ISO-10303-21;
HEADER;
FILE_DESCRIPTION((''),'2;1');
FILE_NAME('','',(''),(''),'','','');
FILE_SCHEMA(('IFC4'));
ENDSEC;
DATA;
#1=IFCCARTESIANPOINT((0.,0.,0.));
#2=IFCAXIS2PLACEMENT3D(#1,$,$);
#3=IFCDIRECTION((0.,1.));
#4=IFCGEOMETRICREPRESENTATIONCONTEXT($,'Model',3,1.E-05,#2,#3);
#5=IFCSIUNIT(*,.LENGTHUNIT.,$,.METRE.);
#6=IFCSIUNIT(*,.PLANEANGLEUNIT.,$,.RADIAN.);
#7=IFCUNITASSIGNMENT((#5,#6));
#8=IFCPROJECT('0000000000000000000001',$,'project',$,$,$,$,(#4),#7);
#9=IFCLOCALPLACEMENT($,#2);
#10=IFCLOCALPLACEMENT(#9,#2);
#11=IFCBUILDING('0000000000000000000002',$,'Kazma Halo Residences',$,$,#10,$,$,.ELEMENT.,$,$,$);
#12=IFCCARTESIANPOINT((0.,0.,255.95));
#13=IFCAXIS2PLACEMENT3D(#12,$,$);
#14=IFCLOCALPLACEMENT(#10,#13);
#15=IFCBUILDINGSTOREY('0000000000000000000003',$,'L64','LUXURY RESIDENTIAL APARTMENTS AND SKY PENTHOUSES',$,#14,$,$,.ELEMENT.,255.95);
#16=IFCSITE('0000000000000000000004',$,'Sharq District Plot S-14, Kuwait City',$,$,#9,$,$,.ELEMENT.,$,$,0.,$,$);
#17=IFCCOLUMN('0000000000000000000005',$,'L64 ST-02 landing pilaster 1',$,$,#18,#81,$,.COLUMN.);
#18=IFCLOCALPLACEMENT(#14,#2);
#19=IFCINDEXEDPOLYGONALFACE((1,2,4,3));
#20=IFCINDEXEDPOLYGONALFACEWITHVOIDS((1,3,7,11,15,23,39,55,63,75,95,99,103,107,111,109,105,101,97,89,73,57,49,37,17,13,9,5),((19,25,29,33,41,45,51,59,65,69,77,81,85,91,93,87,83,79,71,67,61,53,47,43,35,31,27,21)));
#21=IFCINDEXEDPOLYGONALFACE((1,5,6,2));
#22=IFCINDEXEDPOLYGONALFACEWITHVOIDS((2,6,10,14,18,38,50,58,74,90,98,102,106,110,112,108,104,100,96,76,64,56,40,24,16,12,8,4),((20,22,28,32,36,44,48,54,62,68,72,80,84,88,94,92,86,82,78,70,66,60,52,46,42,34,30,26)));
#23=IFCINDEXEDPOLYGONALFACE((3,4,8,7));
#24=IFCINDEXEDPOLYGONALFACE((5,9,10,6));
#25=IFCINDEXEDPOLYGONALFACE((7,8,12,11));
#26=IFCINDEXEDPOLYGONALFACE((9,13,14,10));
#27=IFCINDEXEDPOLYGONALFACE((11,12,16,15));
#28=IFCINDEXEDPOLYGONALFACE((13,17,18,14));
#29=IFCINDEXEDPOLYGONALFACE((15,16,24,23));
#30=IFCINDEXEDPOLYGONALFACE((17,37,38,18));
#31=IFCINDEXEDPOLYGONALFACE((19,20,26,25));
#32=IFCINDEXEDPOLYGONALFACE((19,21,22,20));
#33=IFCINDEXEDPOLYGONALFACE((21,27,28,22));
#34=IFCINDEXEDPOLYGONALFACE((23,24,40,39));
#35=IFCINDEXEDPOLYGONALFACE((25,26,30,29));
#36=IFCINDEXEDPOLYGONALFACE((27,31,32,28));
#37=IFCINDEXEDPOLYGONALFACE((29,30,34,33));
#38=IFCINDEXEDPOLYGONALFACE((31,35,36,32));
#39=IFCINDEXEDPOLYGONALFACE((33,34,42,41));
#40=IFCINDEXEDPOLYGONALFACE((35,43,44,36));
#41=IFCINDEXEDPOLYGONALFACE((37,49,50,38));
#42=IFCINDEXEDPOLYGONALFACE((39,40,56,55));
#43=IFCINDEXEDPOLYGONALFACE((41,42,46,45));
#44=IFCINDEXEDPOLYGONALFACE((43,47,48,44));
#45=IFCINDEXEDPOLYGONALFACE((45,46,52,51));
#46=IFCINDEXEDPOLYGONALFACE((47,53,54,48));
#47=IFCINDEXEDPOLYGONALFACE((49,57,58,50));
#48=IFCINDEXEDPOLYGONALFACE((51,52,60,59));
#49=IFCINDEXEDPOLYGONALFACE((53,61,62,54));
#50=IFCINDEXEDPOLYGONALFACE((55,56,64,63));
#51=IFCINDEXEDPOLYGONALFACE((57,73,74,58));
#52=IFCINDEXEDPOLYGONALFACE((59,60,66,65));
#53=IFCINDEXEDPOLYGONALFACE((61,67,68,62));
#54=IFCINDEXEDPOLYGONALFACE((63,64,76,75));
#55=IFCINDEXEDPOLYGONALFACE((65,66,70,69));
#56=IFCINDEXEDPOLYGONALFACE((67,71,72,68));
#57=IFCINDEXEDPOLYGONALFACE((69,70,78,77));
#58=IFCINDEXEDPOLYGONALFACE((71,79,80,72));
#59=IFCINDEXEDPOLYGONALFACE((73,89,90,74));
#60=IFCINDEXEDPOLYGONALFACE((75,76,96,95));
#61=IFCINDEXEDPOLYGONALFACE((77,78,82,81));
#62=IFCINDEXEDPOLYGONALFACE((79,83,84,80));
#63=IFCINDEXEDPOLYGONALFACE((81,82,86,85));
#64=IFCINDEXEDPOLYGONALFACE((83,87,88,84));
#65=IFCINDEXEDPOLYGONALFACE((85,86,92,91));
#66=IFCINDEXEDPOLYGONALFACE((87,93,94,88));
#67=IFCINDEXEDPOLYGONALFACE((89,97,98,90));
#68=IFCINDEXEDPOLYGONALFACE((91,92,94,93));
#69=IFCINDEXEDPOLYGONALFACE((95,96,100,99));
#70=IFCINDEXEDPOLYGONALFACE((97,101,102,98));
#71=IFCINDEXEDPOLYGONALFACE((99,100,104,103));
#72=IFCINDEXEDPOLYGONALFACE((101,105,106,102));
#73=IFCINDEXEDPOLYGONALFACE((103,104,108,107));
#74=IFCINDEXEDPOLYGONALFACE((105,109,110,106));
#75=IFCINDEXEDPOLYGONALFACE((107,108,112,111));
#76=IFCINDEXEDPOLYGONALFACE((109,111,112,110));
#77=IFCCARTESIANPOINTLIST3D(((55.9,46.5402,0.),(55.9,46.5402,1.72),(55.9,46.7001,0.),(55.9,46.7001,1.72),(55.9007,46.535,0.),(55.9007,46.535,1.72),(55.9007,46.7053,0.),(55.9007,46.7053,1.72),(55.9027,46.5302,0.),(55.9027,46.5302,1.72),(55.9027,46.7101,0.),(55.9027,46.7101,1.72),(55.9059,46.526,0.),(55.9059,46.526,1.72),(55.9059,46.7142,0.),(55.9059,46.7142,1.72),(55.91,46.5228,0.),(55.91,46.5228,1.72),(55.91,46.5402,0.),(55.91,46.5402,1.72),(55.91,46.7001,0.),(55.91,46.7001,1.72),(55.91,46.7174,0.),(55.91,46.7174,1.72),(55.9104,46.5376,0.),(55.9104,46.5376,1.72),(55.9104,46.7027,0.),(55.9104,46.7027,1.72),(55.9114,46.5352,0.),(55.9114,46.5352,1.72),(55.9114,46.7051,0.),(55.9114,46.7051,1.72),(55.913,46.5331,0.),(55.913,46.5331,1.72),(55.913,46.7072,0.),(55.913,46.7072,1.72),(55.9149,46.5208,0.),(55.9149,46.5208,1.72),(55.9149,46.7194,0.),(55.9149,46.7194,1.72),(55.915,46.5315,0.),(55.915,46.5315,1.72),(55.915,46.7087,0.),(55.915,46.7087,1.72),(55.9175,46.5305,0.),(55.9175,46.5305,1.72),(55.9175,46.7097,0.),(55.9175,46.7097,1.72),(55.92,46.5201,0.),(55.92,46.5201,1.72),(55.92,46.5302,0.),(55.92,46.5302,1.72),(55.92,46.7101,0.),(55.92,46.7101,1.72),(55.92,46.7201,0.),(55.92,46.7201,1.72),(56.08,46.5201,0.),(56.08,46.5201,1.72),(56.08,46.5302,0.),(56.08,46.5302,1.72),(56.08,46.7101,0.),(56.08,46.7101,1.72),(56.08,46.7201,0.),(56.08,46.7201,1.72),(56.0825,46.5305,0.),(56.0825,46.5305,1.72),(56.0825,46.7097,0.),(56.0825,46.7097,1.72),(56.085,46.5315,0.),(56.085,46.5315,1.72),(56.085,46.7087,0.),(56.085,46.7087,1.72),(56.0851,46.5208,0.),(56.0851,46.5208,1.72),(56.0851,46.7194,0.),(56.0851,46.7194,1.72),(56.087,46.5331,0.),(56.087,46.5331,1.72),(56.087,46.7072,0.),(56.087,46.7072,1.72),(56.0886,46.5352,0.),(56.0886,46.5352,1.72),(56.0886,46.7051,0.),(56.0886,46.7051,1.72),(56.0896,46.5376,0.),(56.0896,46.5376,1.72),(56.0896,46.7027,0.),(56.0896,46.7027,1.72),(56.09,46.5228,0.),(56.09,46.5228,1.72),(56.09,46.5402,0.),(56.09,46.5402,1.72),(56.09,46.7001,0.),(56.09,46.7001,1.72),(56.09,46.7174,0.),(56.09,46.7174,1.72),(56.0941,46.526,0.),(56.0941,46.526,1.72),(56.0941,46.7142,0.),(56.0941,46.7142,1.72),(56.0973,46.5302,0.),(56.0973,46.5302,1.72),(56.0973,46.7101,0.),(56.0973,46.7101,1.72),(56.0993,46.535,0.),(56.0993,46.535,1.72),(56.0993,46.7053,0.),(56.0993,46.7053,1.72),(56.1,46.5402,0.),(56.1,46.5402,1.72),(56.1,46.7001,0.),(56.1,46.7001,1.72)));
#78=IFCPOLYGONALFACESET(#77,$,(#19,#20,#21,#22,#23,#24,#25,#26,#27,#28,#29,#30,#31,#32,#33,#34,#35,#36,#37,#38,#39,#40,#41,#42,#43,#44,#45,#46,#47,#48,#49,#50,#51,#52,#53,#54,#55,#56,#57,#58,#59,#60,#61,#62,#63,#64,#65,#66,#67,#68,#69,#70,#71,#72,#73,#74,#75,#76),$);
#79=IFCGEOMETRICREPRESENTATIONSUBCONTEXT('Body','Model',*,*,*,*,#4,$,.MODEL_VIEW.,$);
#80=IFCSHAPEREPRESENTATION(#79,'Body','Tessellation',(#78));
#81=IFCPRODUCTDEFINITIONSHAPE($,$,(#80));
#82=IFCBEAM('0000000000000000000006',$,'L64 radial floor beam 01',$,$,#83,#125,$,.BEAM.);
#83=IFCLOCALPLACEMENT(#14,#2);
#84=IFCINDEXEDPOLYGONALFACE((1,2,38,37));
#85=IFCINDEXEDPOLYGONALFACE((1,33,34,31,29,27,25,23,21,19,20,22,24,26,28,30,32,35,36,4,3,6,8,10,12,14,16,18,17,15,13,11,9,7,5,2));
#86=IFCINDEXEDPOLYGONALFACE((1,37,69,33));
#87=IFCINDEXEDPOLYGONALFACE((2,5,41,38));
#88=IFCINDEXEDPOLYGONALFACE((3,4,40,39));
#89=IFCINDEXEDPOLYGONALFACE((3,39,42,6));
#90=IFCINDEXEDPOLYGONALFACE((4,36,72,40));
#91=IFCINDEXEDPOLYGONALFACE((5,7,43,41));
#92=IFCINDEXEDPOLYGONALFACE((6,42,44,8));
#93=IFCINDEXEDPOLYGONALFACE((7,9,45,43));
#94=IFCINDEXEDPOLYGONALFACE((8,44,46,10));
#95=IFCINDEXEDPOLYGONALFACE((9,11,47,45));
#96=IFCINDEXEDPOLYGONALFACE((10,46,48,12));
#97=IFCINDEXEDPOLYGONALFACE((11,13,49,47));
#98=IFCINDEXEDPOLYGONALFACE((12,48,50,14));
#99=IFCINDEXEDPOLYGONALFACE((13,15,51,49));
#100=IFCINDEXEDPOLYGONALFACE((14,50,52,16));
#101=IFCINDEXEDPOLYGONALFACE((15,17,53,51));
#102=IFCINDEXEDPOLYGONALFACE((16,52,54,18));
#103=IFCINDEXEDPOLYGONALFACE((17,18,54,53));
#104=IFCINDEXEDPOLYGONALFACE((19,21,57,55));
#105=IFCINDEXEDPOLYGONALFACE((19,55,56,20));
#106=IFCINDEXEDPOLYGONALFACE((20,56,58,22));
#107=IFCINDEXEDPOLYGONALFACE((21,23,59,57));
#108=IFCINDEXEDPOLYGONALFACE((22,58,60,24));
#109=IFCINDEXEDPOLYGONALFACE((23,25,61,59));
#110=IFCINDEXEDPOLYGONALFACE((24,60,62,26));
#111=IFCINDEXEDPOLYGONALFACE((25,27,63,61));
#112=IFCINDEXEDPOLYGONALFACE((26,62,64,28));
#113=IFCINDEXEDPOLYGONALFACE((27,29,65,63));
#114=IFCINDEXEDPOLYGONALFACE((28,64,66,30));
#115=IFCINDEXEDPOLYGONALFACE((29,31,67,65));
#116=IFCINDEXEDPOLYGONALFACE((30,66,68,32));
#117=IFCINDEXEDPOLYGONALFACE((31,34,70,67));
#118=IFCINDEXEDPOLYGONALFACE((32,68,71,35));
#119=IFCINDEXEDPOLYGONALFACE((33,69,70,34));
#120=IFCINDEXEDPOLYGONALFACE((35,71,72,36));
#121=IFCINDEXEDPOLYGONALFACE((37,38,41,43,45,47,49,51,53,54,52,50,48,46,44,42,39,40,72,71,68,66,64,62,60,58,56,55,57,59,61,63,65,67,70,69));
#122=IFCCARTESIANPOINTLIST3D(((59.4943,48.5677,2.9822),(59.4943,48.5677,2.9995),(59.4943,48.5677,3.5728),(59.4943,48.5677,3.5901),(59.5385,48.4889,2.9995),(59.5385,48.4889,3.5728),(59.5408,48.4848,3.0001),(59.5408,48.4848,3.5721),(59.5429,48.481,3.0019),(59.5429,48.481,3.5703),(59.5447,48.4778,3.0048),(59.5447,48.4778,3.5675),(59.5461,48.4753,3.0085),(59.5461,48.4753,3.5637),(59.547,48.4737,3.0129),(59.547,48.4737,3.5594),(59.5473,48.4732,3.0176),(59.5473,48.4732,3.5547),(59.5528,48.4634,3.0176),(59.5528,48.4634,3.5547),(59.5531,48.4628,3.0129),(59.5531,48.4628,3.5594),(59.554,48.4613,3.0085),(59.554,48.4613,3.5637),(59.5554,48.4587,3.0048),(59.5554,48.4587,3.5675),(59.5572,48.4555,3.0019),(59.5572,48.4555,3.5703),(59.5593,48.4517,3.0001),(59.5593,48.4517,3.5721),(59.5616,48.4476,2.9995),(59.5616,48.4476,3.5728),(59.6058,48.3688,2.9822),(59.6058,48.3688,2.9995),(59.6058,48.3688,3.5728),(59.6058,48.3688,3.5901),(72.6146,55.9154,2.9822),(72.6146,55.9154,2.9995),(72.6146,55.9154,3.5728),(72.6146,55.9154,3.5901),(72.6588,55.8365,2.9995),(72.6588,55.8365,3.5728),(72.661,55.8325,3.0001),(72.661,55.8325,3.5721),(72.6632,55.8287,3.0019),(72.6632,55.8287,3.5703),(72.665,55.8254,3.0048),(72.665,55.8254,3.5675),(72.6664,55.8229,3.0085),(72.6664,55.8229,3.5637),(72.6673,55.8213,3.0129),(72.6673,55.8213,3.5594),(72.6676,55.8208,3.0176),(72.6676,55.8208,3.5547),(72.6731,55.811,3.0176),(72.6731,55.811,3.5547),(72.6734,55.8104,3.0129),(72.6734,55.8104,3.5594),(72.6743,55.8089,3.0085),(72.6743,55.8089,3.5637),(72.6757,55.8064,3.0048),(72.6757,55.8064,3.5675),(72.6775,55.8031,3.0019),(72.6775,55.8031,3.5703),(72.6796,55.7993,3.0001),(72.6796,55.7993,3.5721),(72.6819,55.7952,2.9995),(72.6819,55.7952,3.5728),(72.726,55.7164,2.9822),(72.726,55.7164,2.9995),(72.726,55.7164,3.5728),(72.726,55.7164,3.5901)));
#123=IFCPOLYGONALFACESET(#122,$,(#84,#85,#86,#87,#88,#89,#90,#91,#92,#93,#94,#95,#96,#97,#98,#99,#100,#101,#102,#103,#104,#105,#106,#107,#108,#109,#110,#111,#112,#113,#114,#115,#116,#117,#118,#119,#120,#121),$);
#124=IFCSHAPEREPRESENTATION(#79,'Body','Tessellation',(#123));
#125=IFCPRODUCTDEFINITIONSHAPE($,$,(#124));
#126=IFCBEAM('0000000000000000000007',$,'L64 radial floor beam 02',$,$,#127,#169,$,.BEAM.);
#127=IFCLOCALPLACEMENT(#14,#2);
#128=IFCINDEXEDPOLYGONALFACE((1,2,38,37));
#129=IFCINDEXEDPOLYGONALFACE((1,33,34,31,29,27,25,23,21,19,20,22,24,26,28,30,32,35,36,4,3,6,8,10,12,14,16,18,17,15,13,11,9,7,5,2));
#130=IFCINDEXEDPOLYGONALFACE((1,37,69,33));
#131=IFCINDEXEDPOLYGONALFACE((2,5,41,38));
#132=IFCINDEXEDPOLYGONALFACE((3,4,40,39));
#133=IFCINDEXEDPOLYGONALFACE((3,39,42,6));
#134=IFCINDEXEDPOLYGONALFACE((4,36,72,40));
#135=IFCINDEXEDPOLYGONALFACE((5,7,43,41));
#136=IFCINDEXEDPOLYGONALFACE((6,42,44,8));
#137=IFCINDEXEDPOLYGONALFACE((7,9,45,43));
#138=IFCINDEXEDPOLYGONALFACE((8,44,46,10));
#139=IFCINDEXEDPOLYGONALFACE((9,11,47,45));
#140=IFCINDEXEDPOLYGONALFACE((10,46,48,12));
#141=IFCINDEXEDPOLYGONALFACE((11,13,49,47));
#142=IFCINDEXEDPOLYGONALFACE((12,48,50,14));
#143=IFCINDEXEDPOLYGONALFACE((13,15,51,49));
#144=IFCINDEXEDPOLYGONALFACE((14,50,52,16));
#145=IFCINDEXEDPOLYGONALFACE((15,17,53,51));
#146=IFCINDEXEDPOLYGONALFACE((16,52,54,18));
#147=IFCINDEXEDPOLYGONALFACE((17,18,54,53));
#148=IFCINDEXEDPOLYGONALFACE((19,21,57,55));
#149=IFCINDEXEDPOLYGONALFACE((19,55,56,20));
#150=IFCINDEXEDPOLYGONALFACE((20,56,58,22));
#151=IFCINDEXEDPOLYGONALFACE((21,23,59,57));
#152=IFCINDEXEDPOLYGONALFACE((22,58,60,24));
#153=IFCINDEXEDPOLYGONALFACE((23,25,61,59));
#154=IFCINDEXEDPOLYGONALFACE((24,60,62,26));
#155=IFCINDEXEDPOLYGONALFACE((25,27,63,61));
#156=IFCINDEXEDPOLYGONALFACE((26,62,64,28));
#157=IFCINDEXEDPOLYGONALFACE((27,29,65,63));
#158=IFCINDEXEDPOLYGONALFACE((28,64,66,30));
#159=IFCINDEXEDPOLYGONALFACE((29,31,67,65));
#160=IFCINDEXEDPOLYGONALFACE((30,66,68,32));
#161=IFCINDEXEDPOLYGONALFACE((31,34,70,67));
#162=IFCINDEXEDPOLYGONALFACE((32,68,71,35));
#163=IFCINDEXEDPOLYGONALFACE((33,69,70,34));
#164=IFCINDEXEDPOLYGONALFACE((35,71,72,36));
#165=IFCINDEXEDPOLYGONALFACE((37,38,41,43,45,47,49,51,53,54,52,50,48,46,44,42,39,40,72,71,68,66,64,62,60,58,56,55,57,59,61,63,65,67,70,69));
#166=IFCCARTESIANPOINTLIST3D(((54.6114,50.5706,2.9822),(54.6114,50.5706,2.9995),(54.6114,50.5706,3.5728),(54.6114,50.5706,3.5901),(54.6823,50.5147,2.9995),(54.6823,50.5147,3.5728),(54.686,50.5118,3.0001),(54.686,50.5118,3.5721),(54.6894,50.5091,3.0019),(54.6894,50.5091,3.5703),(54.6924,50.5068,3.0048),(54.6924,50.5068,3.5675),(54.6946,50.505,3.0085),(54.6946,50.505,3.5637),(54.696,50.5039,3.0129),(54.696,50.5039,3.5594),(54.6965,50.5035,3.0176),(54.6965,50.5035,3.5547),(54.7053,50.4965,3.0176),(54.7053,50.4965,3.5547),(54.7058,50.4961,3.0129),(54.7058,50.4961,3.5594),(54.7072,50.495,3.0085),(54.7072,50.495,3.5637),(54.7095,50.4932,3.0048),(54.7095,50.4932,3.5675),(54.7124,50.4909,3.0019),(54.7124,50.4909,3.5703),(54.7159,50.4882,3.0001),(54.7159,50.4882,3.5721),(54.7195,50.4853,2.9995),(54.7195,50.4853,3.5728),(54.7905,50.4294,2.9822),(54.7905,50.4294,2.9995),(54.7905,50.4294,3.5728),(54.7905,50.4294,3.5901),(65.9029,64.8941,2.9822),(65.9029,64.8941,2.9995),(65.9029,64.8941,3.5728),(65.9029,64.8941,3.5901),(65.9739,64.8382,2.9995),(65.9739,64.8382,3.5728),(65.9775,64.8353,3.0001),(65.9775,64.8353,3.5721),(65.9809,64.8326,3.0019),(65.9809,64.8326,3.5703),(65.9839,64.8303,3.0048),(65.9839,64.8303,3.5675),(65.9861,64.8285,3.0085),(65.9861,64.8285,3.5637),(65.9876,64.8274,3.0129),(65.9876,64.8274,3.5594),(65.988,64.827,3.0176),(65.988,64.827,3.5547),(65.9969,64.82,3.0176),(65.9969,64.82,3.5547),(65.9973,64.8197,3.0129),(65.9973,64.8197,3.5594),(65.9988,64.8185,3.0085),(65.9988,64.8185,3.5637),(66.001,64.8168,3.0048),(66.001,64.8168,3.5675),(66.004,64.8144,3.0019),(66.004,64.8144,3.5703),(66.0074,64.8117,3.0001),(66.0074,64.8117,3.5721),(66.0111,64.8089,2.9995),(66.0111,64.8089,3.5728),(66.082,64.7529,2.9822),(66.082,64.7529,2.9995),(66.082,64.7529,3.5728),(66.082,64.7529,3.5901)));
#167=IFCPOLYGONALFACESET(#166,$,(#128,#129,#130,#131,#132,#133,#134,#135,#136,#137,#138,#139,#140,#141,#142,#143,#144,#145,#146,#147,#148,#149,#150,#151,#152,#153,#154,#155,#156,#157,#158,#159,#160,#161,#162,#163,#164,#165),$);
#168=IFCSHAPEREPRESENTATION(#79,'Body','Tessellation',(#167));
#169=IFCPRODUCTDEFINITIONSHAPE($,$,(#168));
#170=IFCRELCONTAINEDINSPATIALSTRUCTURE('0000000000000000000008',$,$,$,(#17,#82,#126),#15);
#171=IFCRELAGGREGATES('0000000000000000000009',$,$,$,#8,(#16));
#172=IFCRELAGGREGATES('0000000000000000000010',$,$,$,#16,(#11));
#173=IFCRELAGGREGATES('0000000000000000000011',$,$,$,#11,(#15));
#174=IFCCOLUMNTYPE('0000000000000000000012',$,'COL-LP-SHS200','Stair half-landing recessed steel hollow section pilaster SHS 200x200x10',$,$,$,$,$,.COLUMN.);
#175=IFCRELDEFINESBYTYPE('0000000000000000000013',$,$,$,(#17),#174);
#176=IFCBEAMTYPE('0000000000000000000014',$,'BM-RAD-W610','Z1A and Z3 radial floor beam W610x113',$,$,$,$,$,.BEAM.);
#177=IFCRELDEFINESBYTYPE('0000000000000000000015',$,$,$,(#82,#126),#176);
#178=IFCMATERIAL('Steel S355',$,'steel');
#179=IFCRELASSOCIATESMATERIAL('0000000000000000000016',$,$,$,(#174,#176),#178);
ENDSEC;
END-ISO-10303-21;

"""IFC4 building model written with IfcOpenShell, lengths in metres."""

from ifc_helpers import new_model, si_unit, direction, frame, origin, origin_2d, place, context, subcontext, project, spatial, hollow_rectangle, i_section, extrude, material, material_profile, profile_set, type_object, element, save


model = new_model("IFC4")

# Units and contexts
model_context = context("Model", 3, precision=1e-05, world=origin(), true_north=direction((0.0, 1.0)))
body_context = subcontext(model_context, "Body", "Model", "MODEL_VIEW")
ifc_project = project(units=[si_unit("LENGTHUNIT", "METRE"), si_unit("PLANEANGLEUNIT", "RADIAN")], contexts=[model_context])

# Site, building, storey
site_placement = place(None, origin())
site = spatial("IfcSite", under=ifc_project, at=site_placement, Name="Sharq District Plot S-14, Kuwait City", CompositionType="ELEMENT", RefElevation=0.0)
building_placement = place(site_placement, origin())
building = spatial("IfcBuilding", under=site, at=building_placement, Name="Kazma Halo Residences", CompositionType="ELEMENT")
storey_placement = place(building_placement, frame((0.0, 0.0, 255.95)))
storey = spatial("IfcBuildingStorey", under=building, at=storey_placement, Name="L64", Description="LUXURY RESIDENTIAL APARTMENTS AND SKY PENTHOUSES", CompositionType="ELEMENT", Elevation=255.95)

# Column
ifc_material_1 = material(Name="Steel S355", Category="steel")
ifc_material_profile_1 = material_profile(ifc_material_1, hollow_rectangle(XDim=0.2, YDim=0.2, WallThickness=0.01, InnerFilletRadius=0.01, OuterFilletRadius=0.02, at=origin_2d()), Name="SHS200x200x10")
ifc_profile_set_1 = profile_set([ifc_material_profile_1], Name="Steel S355")
column_type = type_object("IfcColumnType", Name="COL-LP-SHS200", Description="Stair half-landing recessed steel hollow section pilaster SHS 200x200x10", PredefinedType="COLUMN", material=ifc_profile_set_1)
column_placement = place(storey_placement, frame((56.0, 46.6201, 0.0), z_axis=(0.0, 0.0, 1.0), x_axis=(1.0, 0.0, 0.0)))
element("IfcColumn", 1, at=column_placement, inside=storey, type_object=column_type, Name="L64 ST-02 landing pilaster 1", PredefinedType="COLUMN", context=body_context, shape_type="SweptSolid", body=[
    extrude(hollow_rectangle(XDim=0.2, YDim=0.2, WallThickness=0.01, InnerFilletRadius=0.01, OuterFilletRadius=0.02, at=origin_2d()), origin(), (0.0, 0.0, 1.0), 1.72),
])

# Beams
ifc_material_profile_2 = material_profile(ifc_material_1, i_section(OverallWidth=0.228, OverallDepth=0.6079, WebThickness=0.0112, FlangeThickness=0.0173, FilletRadius=0.0181, at=origin_2d()), Name="W610x113")
ifc_profile_set_2 = profile_set([ifc_material_profile_2], Name="Steel S355")
beam_type_1 = type_object("IfcBeamType", Name="BM-RAD-W610", Description="Z1A and Z3 radial floor beam W610x113", PredefinedType="BEAM", material=ifc_profile_set_2)
beam_1_placement = place(storey_placement, frame((59.55, 48.4683, 3.2861), z_axis=(0.872499, 0.488616, 0.0), x_axis=(-0.488616, 0.872499, 0.0)))
element("IfcBeam", 2, at=beam_1_placement, inside=storey, type_object=beam_type_1, Name="L64 radial floor beam 01", PredefinedType="BEAM", context=body_context, shape_type="SweptSolid", body=[
    extrude(i_section(OverallWidth=0.228, OverallDepth=0.6079, WebThickness=0.0112, FlangeThickness=0.0173, FilletRadius=0.0181, at=origin_2d()), origin(), (0.0, 0.0, 1.0), 15.0376),
])
beam_2_placement = place(storey_placement, frame((54.7009, 50.5, 3.2861), z_axis=(0.619086, 0.785323, 0.0), x_axis=(-0.785323, 0.619086, 0.0)))
element("IfcBeam", 3, at=beam_2_placement, inside=storey, type_object=beam_type_1, Name="L64 radial floor beam 02", PredefinedType="BEAM", context=body_context, shape_type="SweptSolid", body=[
    extrude(i_section(OverallWidth=0.228, OverallDepth=0.6079, WebThickness=0.0112, FlangeThickness=0.0173, FilletRadius=0.0181, at=origin_2d()), origin(), (0.0, 0.0, 1.0), 18.239),
])

save(model, "model.ifc")
